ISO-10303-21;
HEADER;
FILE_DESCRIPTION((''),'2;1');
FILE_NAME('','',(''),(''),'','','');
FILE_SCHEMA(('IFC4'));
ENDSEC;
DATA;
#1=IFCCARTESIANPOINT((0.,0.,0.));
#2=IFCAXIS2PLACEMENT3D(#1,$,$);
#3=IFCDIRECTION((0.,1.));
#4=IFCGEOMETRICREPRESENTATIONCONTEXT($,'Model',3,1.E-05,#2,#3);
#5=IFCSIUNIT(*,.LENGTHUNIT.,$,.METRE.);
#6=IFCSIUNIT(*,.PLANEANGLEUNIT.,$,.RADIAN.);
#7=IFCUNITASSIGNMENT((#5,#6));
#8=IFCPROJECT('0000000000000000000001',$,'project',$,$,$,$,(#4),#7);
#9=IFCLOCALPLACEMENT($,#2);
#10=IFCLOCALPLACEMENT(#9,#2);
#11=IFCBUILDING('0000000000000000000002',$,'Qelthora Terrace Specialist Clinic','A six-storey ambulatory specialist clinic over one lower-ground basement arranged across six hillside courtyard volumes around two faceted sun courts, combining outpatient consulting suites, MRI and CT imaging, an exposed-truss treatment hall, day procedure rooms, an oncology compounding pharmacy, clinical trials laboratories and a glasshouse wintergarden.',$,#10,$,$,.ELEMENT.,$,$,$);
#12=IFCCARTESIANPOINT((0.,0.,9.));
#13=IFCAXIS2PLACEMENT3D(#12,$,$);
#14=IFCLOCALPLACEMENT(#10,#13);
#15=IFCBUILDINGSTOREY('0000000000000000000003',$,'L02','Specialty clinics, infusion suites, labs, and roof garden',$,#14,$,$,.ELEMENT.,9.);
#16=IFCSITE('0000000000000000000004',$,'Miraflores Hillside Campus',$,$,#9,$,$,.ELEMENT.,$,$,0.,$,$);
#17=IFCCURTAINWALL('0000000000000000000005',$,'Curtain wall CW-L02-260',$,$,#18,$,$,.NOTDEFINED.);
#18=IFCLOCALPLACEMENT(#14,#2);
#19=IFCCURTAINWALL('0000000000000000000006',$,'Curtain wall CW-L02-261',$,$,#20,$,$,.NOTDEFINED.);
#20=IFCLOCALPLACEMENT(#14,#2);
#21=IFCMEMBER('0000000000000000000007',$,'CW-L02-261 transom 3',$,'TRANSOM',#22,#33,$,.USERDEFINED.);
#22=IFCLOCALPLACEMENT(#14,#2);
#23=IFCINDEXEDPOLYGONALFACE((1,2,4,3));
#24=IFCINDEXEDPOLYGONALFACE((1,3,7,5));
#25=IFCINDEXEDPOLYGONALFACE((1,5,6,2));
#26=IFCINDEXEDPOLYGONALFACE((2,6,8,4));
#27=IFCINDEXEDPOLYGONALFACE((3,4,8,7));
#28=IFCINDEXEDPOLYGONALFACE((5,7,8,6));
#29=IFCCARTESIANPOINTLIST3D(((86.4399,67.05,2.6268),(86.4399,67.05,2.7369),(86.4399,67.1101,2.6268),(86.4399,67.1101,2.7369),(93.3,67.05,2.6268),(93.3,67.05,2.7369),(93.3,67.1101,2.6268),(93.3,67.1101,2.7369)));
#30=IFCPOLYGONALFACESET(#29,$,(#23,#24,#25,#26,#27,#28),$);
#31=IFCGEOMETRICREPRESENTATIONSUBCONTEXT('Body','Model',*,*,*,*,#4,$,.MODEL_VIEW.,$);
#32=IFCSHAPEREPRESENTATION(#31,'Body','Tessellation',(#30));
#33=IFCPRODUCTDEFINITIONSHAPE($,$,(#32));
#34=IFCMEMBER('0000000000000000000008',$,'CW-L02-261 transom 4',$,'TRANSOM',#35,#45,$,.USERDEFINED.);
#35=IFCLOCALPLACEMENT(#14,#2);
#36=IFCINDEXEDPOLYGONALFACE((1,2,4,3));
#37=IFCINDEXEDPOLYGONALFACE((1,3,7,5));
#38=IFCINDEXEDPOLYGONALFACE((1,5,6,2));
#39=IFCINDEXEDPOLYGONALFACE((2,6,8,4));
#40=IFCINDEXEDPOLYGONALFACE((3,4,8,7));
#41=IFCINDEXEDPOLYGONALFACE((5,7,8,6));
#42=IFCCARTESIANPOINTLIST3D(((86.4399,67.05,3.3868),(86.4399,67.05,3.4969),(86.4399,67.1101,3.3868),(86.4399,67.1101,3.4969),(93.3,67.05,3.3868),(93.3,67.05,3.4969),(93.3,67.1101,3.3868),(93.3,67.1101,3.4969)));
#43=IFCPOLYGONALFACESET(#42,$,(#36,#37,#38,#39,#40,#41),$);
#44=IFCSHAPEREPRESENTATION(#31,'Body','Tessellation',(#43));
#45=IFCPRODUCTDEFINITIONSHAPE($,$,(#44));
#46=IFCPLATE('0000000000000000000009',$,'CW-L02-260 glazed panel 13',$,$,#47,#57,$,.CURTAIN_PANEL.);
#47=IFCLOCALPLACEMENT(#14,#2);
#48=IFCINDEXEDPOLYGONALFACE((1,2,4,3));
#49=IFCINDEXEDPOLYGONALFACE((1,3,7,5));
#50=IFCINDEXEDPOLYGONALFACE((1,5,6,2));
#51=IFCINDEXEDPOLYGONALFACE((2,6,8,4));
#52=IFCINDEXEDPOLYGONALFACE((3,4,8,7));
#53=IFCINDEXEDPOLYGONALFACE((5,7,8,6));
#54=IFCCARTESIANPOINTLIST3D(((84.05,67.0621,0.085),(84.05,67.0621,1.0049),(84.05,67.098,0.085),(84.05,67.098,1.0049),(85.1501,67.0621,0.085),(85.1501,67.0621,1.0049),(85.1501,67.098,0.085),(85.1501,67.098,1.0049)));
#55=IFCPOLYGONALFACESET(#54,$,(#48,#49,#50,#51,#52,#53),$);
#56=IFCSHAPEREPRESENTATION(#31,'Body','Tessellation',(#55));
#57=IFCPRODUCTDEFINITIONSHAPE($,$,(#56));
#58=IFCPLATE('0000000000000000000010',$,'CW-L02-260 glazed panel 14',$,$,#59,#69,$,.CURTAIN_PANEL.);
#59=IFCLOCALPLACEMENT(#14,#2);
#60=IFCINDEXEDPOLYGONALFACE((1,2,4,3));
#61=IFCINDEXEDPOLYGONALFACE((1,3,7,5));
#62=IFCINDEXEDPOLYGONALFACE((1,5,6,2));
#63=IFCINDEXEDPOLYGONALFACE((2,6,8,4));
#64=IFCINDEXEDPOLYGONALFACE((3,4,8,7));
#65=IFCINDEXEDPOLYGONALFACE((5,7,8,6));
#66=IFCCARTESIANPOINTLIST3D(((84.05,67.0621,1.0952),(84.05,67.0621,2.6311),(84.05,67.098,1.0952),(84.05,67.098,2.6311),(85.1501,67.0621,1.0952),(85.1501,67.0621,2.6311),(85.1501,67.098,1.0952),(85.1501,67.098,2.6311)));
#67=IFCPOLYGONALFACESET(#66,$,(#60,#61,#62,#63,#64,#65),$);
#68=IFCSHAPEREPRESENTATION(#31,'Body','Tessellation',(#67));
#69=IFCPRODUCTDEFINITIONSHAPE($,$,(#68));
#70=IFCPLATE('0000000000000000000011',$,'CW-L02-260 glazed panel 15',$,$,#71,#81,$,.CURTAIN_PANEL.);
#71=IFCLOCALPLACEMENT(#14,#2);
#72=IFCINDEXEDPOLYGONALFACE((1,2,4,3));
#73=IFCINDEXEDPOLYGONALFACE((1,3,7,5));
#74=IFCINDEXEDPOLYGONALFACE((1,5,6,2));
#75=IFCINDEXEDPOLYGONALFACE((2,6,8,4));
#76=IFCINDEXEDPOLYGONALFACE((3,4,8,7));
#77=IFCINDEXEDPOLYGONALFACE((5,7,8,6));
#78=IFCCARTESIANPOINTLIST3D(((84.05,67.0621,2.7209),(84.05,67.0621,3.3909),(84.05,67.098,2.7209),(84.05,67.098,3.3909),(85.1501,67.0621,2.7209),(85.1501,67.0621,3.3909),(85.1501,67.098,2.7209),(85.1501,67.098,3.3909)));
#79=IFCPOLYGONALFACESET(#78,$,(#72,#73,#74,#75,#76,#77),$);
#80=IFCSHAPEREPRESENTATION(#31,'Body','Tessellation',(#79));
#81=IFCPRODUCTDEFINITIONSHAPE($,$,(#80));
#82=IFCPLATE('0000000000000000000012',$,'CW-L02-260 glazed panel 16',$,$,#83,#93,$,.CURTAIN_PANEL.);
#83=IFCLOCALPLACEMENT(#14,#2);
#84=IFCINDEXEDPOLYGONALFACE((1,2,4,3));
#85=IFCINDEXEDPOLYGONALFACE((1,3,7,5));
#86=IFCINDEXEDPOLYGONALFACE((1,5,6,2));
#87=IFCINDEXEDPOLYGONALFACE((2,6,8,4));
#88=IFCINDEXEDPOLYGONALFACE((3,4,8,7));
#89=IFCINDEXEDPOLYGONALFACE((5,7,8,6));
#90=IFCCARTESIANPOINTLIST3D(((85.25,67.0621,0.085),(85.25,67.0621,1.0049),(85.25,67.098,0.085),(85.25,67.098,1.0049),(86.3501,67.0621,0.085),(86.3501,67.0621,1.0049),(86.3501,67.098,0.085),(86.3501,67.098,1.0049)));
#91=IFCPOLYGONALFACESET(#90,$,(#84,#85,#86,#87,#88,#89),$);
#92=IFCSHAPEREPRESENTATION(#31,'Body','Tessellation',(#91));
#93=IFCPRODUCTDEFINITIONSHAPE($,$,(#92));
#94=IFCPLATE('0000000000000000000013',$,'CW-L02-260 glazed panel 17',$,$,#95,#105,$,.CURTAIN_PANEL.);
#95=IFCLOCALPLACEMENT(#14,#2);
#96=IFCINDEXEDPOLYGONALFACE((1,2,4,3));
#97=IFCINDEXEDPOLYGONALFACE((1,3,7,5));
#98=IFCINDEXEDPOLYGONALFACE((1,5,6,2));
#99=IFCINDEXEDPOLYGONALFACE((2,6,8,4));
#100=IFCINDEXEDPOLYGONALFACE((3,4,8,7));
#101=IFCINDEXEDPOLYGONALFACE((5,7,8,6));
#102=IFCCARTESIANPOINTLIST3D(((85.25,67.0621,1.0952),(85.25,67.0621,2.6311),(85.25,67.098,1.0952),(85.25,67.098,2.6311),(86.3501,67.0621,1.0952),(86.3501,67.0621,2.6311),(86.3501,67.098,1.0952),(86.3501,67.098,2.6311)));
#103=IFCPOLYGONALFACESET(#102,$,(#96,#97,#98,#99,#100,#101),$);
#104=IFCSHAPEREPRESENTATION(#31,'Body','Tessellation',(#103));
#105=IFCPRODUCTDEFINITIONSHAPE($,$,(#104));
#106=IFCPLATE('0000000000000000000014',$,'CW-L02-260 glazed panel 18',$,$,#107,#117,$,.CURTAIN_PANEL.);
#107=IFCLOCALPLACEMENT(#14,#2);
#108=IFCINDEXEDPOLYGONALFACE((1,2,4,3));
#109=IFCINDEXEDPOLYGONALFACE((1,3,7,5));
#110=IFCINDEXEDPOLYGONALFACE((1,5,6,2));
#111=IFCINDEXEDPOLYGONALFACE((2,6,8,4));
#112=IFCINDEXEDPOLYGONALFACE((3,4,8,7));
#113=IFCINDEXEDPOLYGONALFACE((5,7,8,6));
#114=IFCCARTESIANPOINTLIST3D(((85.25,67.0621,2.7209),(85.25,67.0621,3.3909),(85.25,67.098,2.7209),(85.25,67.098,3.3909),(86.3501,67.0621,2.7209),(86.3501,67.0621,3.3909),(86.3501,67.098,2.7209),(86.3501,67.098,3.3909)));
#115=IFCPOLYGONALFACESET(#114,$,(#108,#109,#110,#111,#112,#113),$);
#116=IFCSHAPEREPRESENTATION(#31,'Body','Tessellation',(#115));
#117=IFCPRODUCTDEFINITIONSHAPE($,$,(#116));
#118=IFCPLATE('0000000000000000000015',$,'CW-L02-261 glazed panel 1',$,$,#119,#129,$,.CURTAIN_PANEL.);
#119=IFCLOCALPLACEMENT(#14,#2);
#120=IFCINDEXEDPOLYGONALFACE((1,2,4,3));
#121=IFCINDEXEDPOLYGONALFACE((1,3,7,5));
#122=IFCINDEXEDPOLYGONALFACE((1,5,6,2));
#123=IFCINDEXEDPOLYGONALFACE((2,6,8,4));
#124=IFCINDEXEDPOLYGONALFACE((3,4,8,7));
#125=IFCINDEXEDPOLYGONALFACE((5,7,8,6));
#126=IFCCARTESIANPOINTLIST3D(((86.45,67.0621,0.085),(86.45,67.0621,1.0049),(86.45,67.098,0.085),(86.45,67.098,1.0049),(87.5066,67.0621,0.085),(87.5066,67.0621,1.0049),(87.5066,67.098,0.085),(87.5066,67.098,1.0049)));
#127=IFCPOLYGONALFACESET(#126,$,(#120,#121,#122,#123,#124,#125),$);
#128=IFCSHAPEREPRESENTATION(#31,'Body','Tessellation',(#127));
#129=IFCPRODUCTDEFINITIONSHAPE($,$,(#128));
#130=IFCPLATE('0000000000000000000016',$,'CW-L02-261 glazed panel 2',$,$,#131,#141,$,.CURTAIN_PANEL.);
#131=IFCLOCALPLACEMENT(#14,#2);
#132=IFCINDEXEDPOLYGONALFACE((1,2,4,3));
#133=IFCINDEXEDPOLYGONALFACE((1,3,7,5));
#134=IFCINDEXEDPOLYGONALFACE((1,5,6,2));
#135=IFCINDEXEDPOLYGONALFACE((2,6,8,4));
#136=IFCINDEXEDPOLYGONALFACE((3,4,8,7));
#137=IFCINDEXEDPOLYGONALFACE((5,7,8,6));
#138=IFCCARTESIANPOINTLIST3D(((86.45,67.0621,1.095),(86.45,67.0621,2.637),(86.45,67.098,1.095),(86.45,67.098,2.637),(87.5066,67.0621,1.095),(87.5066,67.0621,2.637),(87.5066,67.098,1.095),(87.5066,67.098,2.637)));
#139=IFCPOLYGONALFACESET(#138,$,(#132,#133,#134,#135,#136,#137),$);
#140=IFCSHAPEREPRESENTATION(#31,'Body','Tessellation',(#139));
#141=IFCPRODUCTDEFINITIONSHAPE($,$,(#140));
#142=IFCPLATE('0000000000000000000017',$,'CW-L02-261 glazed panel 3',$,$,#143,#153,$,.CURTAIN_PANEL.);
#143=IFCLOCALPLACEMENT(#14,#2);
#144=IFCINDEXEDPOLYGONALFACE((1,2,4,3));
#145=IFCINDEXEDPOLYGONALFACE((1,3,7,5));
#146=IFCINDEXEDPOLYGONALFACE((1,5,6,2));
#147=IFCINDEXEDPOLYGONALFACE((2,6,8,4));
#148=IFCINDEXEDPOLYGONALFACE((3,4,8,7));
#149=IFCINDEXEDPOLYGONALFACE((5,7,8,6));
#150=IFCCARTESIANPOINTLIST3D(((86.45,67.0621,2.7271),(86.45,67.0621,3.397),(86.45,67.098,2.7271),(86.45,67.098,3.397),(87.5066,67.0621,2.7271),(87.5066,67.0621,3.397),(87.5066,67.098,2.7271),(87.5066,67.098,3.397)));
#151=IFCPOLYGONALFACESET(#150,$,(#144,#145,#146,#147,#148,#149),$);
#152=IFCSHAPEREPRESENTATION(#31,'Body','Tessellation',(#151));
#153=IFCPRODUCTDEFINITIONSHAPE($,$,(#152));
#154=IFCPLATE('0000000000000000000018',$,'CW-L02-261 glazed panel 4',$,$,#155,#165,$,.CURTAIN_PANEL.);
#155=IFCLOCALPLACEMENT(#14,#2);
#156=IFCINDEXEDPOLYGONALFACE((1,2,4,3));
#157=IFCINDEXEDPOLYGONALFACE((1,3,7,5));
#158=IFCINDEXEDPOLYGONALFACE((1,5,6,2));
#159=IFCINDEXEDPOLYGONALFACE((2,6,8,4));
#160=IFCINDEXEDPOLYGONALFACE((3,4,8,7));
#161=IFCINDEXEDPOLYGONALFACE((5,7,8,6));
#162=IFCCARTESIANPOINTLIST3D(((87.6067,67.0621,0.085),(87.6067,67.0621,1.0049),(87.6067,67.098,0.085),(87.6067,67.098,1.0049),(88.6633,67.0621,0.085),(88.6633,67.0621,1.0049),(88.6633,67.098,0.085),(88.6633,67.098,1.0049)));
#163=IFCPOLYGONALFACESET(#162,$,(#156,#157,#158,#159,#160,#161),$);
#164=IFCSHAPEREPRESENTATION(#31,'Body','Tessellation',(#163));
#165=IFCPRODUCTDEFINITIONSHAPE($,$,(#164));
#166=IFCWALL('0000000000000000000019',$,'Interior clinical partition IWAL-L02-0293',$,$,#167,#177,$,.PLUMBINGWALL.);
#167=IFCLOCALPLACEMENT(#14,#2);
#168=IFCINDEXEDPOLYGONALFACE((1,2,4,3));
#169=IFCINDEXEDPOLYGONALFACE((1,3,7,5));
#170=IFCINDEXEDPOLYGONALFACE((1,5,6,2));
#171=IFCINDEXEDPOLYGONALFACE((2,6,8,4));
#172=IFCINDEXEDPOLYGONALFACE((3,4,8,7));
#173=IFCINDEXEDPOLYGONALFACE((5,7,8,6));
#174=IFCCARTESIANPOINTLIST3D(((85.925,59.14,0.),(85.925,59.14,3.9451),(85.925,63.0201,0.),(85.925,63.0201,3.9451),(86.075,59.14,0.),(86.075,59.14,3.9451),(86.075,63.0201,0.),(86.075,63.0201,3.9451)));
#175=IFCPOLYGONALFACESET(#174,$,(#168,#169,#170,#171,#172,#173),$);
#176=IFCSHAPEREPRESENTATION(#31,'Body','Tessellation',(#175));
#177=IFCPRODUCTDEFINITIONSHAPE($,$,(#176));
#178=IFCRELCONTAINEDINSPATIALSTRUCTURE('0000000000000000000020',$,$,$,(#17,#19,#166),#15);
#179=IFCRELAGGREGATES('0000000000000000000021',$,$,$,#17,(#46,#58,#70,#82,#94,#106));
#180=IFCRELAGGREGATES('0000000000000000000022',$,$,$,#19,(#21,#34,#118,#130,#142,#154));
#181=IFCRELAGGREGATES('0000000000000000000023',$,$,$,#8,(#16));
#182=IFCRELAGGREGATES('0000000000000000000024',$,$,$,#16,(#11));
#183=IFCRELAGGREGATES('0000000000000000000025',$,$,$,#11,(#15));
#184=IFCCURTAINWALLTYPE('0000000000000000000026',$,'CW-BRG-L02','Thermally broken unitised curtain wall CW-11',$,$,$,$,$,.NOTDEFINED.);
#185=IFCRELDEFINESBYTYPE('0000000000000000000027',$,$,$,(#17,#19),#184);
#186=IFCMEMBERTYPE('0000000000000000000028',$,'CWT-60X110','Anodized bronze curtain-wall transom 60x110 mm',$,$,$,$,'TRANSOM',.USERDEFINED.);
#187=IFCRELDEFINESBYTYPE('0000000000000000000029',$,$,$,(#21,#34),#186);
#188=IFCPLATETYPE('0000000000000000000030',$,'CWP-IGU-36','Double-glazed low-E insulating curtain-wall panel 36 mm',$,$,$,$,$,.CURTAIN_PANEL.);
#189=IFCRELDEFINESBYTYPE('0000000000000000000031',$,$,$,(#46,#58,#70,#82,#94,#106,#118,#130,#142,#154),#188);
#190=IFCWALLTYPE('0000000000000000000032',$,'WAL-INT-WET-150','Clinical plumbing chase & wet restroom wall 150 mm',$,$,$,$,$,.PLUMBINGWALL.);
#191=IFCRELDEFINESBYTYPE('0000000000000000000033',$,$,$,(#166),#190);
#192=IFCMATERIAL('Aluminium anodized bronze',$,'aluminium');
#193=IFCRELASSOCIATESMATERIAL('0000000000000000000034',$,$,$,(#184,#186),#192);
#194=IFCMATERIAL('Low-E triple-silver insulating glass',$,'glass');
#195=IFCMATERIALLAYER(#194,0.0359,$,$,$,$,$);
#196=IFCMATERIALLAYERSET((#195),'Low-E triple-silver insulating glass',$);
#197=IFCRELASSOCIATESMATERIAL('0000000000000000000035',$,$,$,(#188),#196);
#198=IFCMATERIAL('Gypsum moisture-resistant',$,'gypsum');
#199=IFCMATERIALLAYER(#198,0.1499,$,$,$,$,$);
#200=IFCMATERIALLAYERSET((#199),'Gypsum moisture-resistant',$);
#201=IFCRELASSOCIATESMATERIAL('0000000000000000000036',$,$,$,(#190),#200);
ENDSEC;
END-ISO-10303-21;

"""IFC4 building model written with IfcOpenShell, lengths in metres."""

from ifc_helpers import new_model, si_unit, direction, frame, frame_2d, origin, origin_2d, place, context, subcontext, project, spatial, rectangle, extrude, material, layer, layer_set, material_profile, profile_set, type_object, element, aggregate, save


model = new_model("IFC4")

# Units and contexts
model_context = context("Model", 3, precision=1e-05, world=origin(), true_north=direction((0.0, 1.0)))
body_context = subcontext(model_context, "Body", "Model", "MODEL_VIEW")
ifc_project = project(units=[si_unit("LENGTHUNIT", "METRE"), si_unit("PLANEANGLEUNIT", "RADIAN")], contexts=[model_context])

# Site, building, storey
site_placement = place(None, origin())
site = spatial("IfcSite", under=ifc_project, at=site_placement, Name="Miraflores Hillside Campus", CompositionType="ELEMENT", RefElevation=0.0)
building_placement = place(site_placement, origin())
building = spatial("IfcBuilding", under=site, at=building_placement, Name="Qelthora Terrace Specialist Clinic", Description="A six-storey ambulatory specialist clinic over one lower-ground basement arranged across six hillside courtyard volumes around two faceted sun courts, combining outpatient consulting suites, MRI and CT imaging, an exposed-truss treatment hall, day procedure rooms, an oncology compounding pharmacy, clinical trials laboratories and a glasshouse wintergarden.", CompositionType="ELEMENT")
storey_placement = place(building_placement, frame((0.0, 0.0, 9.0)))
storey = spatial("IfcBuildingStorey", under=building, at=storey_placement, Name="L02", Description="Specialty clinics, infusion suites, labs, and roof garden", CompositionType="ELEMENT", Elevation=9.0)

# Curtain walls, members
ifc_material_1 = material(Name="Aluminium anodized bronze", Category="aluminium")
curtain_wall_type = type_object("IfcCurtainWallType", Name="CW-BRG-L02", Description="Thermally broken unitised curtain wall CW-11", PredefinedType="NOTDEFINED", material=ifc_material_1)
curtain_wall_1_placement = place(storey_placement, origin())
curtain_wall_1 = element("IfcCurtainWall", 1, at=curtain_wall_1_placement, inside=storey, type_object=curtain_wall_type, Name="Curtain wall CW-L02-260", PredefinedType="NOTDEFINED")
curtain_wall_2_placement = place(storey_placement, origin())
curtain_wall_2 = element("IfcCurtainWall", 2, at=curtain_wall_2_placement, inside=storey, type_object=curtain_wall_type, Name="Curtain wall CW-L02-261", PredefinedType="NOTDEFINED")
ifc_material_profile_1 = material_profile(ifc_material_1, rectangle(XDim=0.0601, YDim=0.1101, at=origin_2d()), Name="CWT60X110")
ifc_profile_set_1 = profile_set([ifc_material_profile_1], Name="Aluminium anodized bronze")
member_type_1 = type_object("IfcMemberType", Name="CWT-60X110", Description="Anodized bronze curtain-wall transom 60x110 mm", ElementType="TRANSOM", PredefinedType="USERDEFINED", material=ifc_profile_set_1)
member_1_placement = place(storey_placement, frame((86.4399, 67.0801, 2.6819), z_axis=(1.0, 0.0, 0.0), x_axis=(0.0, 1.0, 0.0)))
member_1 = element("IfcMember", 3, at=member_1_placement, type_object=member_type_1, Name="CW-L02-261 transom 3", ObjectType="TRANSOM", PredefinedType="USERDEFINED", context=body_context, shape_type="SweptSolid", body=[
    extrude(rectangle(XDim=0.0601, YDim=0.1101, at=origin_2d()), origin(), (0.0, 0.0, 1.0), 6.8601),
])
member_2_placement = place(storey_placement, frame((86.4399, 67.0801, 3.4419), z_axis=(1.0, 0.0, 0.0), x_axis=(0.0, 1.0, 0.0)))
member_2 = element("IfcMember", 4, at=member_2_placement, type_object=member_type_1, Name="CW-L02-261 transom 4", ObjectType="TRANSOM", PredefinedType="USERDEFINED", context=body_context, shape_type="SweptSolid", body=[
    extrude(rectangle(XDim=0.0601, YDim=0.1101, at=origin_2d()), origin(), (0.0, 0.0, 1.0), 6.8601),
])

# Plates
ifc_material_2 = material(Name="Low-E triple-silver insulating glass", Category="glass")
ifc_layer_1 = layer(ifc_material_2, 0.0359)
ifc_layer_set_1 = layer_set([ifc_layer_1], Name="Low-E triple-silver insulating glass")
plate_type = type_object("IfcPlateType", Name="CWP-IGU-36", Description="Double-glazed low-E insulating curtain-wall panel 36 mm", PredefinedType="CURTAIN_PANEL", material=ifc_layer_set_1)
plate_1_placement = place(storey_placement, frame((84.6001, 67.0801, 0.085), z_axis=(0.0, 0.0, 1.0), x_axis=(1.0, 0.0, 0.0)))
plate_1 = element("IfcPlate", 5, at=plate_1_placement, type_object=plate_type, Name="CW-L02-260 glazed panel 13", PredefinedType="CURTAIN_PANEL", context=body_context, shape_type="SweptSolid", body=[
    extrude(rectangle(XDim=1.1001, YDim=0.0359, at=origin_2d()), origin(), (0.0, 0.0, 1.0), 0.9199),
])
plate_2_placement = place(storey_placement, frame((84.6001, 67.0801, 1.0952), z_axis=(0.0, 0.0, 1.0), x_axis=(1.0, 0.0, 0.0)))
plate_2 = element("IfcPlate", 6, at=plate_2_placement, type_object=plate_type, Name="CW-L02-260 glazed panel 14", PredefinedType="CURTAIN_PANEL", context=body_context, shape_type="SweptSolid", body=[
    extrude(rectangle(XDim=1.1001, YDim=0.0359, at=origin_2d()), origin(), (0.0, 0.0, 1.0), 1.5359),
])
plate_3_placement = place(storey_placement, frame((84.6001, 67.0801, 2.7209), z_axis=(0.0, 0.0, 1.0), x_axis=(1.0, 0.0, 0.0)))
plate_3 = element("IfcPlate", 7, at=plate_3_placement, type_object=plate_type, Name="CW-L02-260 glazed panel 15", PredefinedType="CURTAIN_PANEL", context=body_context, shape_type="SweptSolid", body=[
    extrude(rectangle(XDim=1.1001, YDim=0.0359, at=origin_2d()), origin(), (0.0, 0.0, 1.0), 0.6699),
])
plate_4_placement = place(storey_placement, frame((85.8, 67.0801, 0.085), z_axis=(0.0, 0.0, 1.0), x_axis=(1.0, 0.0, 0.0)))
plate_4 = element("IfcPlate", 8, at=plate_4_placement, type_object=plate_type, Name="CW-L02-260 glazed panel 16", PredefinedType="CURTAIN_PANEL", context=body_context, shape_type="SweptSolid", body=[
    extrude(rectangle(XDim=1.1001, YDim=0.0359, at=origin_2d()), origin(), (0.0, 0.0, 1.0), 0.9199),
])
plate_5_placement = place(storey_placement, frame((85.8, 67.0801, 1.0952), z_axis=(0.0, 0.0, 1.0), x_axis=(1.0, 0.0, 0.0)))
plate_5 = element("IfcPlate", 9, at=plate_5_placement, type_object=plate_type, Name="CW-L02-260 glazed panel 17", PredefinedType="CURTAIN_PANEL", context=body_context, shape_type="SweptSolid", body=[
    extrude(rectangle(XDim=1.1001, YDim=0.0359, at=origin_2d()), origin(), (0.0, 0.0, 1.0), 1.5359),
])
plate_6_placement = place(storey_placement, frame((85.8, 67.0801, 2.7209), z_axis=(0.0, 0.0, 1.0), x_axis=(1.0, 0.0, 0.0)))
plate_6 = element("IfcPlate", 10, at=plate_6_placement, type_object=plate_type, Name="CW-L02-260 glazed panel 18", PredefinedType="CURTAIN_PANEL", context=body_context, shape_type="SweptSolid", body=[
    extrude(rectangle(XDim=1.1001, YDim=0.0359, at=origin_2d()), origin(), (0.0, 0.0, 1.0), 0.6699),
])
aggregate(curtain_wall_1, [plate_1, plate_2, plate_3, plate_4, plate_5, plate_6])
plate_7_placement = place(storey_placement, frame((86.9783, 67.0801, 0.085), z_axis=(0.0, 0.0, 1.0), x_axis=(1.0, 0.0, 0.0)))
plate_7 = element("IfcPlate", 11, at=plate_7_placement, type_object=plate_type, Name="CW-L02-261 glazed panel 1", PredefinedType="CURTAIN_PANEL", context=body_context, shape_type="SweptSolid", body=[
    extrude(rectangle(XDim=1.0566, YDim=0.0359, at=origin_2d()), origin(), (0.0, 0.0, 1.0), 0.9199),
])
plate_8_placement = place(storey_placement, frame((86.9783, 67.0801, 1.095), z_axis=(0.0, 0.0, 1.0), x_axis=(1.0, 0.0, 0.0)))
plate_8 = element("IfcPlate", 12, at=plate_8_placement, type_object=plate_type, Name="CW-L02-261 glazed panel 2", PredefinedType="CURTAIN_PANEL", context=body_context, shape_type="SweptSolid", body=[
    extrude(rectangle(XDim=1.0566, YDim=0.0359, at=origin_2d()), origin(), (0.0, 0.0, 1.0), 1.542),
])
plate_9_placement = place(storey_placement, frame((86.9783, 67.0801, 2.7271), z_axis=(0.0, 0.0, 1.0), x_axis=(1.0, 0.0, 0.0)))
plate_9 = element("IfcPlate", 13, at=plate_9_placement, type_object=plate_type, Name="CW-L02-261 glazed panel 3", PredefinedType="CURTAIN_PANEL", context=body_context, shape_type="SweptSolid", body=[
    extrude(rectangle(XDim=1.0566, YDim=0.0359, at=origin_2d()), origin(), (0.0, 0.0, 1.0), 0.6699),
])
plate_10_placement = place(storey_placement, frame((88.135, 67.0801, 0.085), z_axis=(0.0, 0.0, 1.0), x_axis=(1.0, 0.0, 0.0)))
plate_10 = element("IfcPlate", 14, at=plate_10_placement, type_object=plate_type, Name="CW-L02-261 glazed panel 4", PredefinedType="CURTAIN_PANEL", context=body_context, shape_type="SweptSolid", body=[
    extrude(rectangle(XDim=1.0566, YDim=0.0359, at=origin_2d()), origin(), (0.0, 0.0, 1.0), 0.9199),
])
aggregate(curtain_wall_2, [member_1, member_2, plate_7, plate_8, plate_9, plate_10])

# Wall
ifc_material_3 = material(Name="Gypsum moisture-resistant", Category="gypsum")
ifc_layer_2 = layer(ifc_material_3, 0.1499)
ifc_layer_set_2 = layer_set([ifc_layer_2], Name="Gypsum moisture-resistant")
wall_type = type_object("IfcWallType", Name="WAL-INT-WET-150", Description="Clinical plumbing chase & wet restroom wall 150 mm", PredefinedType="PLUMBINGWALL", material=ifc_layer_set_2)
wall_placement = place(storey_placement, frame((86.0, 63.02, 0.0), z_axis=(0.0, 0.0, 1.0), x_axis=(0.0, -1.0, 0.0)))
element("IfcWall", 15, at=wall_placement, inside=storey, type_object=wall_type, Name="Interior clinical partition IWAL-L02-0293", PredefinedType="PLUMBINGWALL", context=body_context, shape_type="SweptSolid", body=[
    extrude(rectangle(XDim=3.8801, YDim=0.1499, at=frame_2d((1.9399, 0.0))), origin(), (0.0, 0.0, 1.0), 3.9451),
])

save(model, "model.ifc")
